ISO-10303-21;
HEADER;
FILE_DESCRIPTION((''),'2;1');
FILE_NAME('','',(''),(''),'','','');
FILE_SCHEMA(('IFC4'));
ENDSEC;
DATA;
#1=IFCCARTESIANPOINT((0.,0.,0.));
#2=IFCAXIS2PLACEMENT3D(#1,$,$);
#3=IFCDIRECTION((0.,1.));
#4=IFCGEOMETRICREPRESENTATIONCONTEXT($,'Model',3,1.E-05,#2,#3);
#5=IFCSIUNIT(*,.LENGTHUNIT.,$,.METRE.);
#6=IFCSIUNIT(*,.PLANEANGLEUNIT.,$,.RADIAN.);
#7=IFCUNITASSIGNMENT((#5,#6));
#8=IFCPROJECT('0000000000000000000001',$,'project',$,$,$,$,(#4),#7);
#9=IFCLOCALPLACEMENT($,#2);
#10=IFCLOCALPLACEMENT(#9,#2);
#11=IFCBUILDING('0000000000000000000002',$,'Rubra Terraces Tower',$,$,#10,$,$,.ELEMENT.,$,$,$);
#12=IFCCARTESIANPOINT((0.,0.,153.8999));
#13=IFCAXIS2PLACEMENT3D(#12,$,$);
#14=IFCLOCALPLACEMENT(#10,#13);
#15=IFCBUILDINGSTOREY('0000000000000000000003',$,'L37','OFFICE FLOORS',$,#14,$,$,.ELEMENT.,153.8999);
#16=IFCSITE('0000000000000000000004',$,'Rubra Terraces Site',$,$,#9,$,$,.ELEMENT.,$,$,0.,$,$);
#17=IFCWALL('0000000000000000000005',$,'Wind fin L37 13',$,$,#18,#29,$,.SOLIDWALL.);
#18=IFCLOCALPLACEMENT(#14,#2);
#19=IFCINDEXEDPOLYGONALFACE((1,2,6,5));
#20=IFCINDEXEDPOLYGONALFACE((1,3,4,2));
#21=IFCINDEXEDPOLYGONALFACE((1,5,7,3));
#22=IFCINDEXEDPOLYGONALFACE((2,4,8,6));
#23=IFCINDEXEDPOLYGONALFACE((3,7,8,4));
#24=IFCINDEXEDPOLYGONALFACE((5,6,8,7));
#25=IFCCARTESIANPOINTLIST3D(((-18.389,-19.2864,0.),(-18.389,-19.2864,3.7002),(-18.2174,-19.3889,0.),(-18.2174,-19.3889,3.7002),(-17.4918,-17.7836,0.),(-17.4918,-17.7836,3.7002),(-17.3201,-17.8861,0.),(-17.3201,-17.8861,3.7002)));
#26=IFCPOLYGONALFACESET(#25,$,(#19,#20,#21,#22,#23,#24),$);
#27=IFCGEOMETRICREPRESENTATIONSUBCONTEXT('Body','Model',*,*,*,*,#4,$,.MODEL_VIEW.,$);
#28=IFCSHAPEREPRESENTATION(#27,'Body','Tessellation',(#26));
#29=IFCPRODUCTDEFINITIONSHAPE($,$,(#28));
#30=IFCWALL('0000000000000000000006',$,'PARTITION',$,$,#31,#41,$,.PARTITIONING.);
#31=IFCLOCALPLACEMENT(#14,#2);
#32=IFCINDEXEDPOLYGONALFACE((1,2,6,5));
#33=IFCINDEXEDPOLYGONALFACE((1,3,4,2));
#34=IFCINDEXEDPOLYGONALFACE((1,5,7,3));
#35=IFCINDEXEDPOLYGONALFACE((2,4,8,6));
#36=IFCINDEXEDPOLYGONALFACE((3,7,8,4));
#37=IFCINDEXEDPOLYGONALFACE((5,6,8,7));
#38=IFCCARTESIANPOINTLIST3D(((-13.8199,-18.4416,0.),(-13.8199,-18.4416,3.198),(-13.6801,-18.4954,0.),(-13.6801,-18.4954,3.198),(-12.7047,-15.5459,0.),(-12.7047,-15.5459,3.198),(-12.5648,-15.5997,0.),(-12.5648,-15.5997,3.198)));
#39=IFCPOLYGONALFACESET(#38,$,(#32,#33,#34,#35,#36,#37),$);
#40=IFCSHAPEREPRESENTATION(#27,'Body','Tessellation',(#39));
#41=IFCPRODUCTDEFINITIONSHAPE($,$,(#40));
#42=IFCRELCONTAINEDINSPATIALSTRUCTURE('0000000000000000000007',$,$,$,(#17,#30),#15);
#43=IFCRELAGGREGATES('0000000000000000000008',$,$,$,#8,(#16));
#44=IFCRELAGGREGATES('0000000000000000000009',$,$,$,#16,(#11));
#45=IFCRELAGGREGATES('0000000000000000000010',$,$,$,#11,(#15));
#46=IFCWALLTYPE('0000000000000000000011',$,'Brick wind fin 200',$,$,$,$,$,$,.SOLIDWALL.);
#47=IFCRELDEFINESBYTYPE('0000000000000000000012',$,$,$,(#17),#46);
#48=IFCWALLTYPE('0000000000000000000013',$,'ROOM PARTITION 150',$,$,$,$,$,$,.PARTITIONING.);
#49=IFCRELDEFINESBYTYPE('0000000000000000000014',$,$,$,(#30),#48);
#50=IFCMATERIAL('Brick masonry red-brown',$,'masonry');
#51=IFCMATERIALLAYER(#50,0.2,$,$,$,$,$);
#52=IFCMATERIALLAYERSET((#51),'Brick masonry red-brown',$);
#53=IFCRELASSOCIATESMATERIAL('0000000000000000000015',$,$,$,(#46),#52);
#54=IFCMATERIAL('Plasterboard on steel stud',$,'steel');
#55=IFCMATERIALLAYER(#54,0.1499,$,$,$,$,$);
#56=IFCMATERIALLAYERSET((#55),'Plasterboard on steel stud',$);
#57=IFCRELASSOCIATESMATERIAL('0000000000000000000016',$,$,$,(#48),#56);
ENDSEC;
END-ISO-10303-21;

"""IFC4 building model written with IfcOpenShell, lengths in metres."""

from ifc_helpers import new_model, si_unit, direction, frame, frame_2d, origin, place, context, subcontext, project, spatial, rectangle, extrude, material, layer, layer_set, type_object, element, save


model = new_model("IFC4")

# Units and contexts
model_context = context("Model", 3, precision=1e-05, world=origin(), true_north=direction((0.0, 1.0)))
body_context = subcontext(model_context, "Body", "Model", "MODEL_VIEW")
ifc_project = project(units=[si_unit("LENGTHUNIT", "METRE"), si_unit("PLANEANGLEUNIT", "RADIAN")], contexts=[model_context])

# Site, building, storey
site_placement = place(None, origin())
site = spatial("IfcSite", under=ifc_project, at=site_placement, Name="Rubra Terraces Site", CompositionType="ELEMENT", RefElevation=0.0)
building_placement = place(site_placement, origin())
building = spatial("IfcBuilding", under=site, at=building_placement, Name="Rubra Terraces Tower", CompositionType="ELEMENT")
storey_placement = place(building_placement, frame((0.0, 0.0, 153.8999)))
storey = spatial("IfcBuildingStorey", under=building, at=storey_placement, Name="L37", Description="OFFICE FLOORS", CompositionType="ELEMENT", Elevation=153.8999)

# Shared definitions
ifc_material_1 = material(Name="Brick masonry red-brown", Category="masonry")

# Walls
ifc_layer_1 = layer(ifc_material_1, 0.2)
ifc_layer_set_1 = layer_set([ifc_layer_1], Name="Brick masonry red-brown")
wall_type_1 = type_object("IfcWallType", Name="Brick wind fin 200", PredefinedType="SOLIDWALL", material=ifc_layer_set_1)
wall_1_placement = place(storey_placement, frame((-17.406, -17.835, 0.0), z_axis=(0.0, 0.0, 1.0), x_axis=(-0.512648, -0.858599, 0.0)))
element("IfcWall", 1, at=wall_1_placement, inside=storey, type_object=wall_type_1, Name="Wind fin L37 13", PredefinedType="SOLIDWALL", context=body_context, shape_type="SweptSolid", body=[
    extrude(rectangle(XDim=1.7502, YDim=0.2, at=frame_2d((0.875, 0.0))), origin(), (0.0, 0.0, 1.0), 3.7002),
])
ifc_material_2 = material(Name="Plasterboard on steel stud", Category="steel")
ifc_layer_2 = layer(ifc_material_2, 0.1499)
ifc_layer_set_2 = layer_set([ifc_layer_2], Name="Plasterboard on steel stud")
wall_type_2 = type_object("IfcWallType", Name="ROOM PARTITION 150", PredefinedType="PARTITIONING", material=ifc_layer_set_2)
wall_2_placement = place(storey_placement, frame((-13.75, -18.4685, 0.0), z_axis=(0.0, 0.0, 1.0), x_axis=(0.359396, 0.933185, 0.0)))
element("IfcWall", 2, at=wall_2_placement, inside=storey, type_object=wall_type_2, Name="PARTITION", PredefinedType="PARTITIONING", context=body_context, shape_type="SweptSolid", body=[
    extrude(rectangle(XDim=3.103, YDim=0.1499, at=frame_2d((1.5515, 0.0))), origin(), (0.0, 0.0, 1.0), 3.198),
])

save(model, "model.ifc")
